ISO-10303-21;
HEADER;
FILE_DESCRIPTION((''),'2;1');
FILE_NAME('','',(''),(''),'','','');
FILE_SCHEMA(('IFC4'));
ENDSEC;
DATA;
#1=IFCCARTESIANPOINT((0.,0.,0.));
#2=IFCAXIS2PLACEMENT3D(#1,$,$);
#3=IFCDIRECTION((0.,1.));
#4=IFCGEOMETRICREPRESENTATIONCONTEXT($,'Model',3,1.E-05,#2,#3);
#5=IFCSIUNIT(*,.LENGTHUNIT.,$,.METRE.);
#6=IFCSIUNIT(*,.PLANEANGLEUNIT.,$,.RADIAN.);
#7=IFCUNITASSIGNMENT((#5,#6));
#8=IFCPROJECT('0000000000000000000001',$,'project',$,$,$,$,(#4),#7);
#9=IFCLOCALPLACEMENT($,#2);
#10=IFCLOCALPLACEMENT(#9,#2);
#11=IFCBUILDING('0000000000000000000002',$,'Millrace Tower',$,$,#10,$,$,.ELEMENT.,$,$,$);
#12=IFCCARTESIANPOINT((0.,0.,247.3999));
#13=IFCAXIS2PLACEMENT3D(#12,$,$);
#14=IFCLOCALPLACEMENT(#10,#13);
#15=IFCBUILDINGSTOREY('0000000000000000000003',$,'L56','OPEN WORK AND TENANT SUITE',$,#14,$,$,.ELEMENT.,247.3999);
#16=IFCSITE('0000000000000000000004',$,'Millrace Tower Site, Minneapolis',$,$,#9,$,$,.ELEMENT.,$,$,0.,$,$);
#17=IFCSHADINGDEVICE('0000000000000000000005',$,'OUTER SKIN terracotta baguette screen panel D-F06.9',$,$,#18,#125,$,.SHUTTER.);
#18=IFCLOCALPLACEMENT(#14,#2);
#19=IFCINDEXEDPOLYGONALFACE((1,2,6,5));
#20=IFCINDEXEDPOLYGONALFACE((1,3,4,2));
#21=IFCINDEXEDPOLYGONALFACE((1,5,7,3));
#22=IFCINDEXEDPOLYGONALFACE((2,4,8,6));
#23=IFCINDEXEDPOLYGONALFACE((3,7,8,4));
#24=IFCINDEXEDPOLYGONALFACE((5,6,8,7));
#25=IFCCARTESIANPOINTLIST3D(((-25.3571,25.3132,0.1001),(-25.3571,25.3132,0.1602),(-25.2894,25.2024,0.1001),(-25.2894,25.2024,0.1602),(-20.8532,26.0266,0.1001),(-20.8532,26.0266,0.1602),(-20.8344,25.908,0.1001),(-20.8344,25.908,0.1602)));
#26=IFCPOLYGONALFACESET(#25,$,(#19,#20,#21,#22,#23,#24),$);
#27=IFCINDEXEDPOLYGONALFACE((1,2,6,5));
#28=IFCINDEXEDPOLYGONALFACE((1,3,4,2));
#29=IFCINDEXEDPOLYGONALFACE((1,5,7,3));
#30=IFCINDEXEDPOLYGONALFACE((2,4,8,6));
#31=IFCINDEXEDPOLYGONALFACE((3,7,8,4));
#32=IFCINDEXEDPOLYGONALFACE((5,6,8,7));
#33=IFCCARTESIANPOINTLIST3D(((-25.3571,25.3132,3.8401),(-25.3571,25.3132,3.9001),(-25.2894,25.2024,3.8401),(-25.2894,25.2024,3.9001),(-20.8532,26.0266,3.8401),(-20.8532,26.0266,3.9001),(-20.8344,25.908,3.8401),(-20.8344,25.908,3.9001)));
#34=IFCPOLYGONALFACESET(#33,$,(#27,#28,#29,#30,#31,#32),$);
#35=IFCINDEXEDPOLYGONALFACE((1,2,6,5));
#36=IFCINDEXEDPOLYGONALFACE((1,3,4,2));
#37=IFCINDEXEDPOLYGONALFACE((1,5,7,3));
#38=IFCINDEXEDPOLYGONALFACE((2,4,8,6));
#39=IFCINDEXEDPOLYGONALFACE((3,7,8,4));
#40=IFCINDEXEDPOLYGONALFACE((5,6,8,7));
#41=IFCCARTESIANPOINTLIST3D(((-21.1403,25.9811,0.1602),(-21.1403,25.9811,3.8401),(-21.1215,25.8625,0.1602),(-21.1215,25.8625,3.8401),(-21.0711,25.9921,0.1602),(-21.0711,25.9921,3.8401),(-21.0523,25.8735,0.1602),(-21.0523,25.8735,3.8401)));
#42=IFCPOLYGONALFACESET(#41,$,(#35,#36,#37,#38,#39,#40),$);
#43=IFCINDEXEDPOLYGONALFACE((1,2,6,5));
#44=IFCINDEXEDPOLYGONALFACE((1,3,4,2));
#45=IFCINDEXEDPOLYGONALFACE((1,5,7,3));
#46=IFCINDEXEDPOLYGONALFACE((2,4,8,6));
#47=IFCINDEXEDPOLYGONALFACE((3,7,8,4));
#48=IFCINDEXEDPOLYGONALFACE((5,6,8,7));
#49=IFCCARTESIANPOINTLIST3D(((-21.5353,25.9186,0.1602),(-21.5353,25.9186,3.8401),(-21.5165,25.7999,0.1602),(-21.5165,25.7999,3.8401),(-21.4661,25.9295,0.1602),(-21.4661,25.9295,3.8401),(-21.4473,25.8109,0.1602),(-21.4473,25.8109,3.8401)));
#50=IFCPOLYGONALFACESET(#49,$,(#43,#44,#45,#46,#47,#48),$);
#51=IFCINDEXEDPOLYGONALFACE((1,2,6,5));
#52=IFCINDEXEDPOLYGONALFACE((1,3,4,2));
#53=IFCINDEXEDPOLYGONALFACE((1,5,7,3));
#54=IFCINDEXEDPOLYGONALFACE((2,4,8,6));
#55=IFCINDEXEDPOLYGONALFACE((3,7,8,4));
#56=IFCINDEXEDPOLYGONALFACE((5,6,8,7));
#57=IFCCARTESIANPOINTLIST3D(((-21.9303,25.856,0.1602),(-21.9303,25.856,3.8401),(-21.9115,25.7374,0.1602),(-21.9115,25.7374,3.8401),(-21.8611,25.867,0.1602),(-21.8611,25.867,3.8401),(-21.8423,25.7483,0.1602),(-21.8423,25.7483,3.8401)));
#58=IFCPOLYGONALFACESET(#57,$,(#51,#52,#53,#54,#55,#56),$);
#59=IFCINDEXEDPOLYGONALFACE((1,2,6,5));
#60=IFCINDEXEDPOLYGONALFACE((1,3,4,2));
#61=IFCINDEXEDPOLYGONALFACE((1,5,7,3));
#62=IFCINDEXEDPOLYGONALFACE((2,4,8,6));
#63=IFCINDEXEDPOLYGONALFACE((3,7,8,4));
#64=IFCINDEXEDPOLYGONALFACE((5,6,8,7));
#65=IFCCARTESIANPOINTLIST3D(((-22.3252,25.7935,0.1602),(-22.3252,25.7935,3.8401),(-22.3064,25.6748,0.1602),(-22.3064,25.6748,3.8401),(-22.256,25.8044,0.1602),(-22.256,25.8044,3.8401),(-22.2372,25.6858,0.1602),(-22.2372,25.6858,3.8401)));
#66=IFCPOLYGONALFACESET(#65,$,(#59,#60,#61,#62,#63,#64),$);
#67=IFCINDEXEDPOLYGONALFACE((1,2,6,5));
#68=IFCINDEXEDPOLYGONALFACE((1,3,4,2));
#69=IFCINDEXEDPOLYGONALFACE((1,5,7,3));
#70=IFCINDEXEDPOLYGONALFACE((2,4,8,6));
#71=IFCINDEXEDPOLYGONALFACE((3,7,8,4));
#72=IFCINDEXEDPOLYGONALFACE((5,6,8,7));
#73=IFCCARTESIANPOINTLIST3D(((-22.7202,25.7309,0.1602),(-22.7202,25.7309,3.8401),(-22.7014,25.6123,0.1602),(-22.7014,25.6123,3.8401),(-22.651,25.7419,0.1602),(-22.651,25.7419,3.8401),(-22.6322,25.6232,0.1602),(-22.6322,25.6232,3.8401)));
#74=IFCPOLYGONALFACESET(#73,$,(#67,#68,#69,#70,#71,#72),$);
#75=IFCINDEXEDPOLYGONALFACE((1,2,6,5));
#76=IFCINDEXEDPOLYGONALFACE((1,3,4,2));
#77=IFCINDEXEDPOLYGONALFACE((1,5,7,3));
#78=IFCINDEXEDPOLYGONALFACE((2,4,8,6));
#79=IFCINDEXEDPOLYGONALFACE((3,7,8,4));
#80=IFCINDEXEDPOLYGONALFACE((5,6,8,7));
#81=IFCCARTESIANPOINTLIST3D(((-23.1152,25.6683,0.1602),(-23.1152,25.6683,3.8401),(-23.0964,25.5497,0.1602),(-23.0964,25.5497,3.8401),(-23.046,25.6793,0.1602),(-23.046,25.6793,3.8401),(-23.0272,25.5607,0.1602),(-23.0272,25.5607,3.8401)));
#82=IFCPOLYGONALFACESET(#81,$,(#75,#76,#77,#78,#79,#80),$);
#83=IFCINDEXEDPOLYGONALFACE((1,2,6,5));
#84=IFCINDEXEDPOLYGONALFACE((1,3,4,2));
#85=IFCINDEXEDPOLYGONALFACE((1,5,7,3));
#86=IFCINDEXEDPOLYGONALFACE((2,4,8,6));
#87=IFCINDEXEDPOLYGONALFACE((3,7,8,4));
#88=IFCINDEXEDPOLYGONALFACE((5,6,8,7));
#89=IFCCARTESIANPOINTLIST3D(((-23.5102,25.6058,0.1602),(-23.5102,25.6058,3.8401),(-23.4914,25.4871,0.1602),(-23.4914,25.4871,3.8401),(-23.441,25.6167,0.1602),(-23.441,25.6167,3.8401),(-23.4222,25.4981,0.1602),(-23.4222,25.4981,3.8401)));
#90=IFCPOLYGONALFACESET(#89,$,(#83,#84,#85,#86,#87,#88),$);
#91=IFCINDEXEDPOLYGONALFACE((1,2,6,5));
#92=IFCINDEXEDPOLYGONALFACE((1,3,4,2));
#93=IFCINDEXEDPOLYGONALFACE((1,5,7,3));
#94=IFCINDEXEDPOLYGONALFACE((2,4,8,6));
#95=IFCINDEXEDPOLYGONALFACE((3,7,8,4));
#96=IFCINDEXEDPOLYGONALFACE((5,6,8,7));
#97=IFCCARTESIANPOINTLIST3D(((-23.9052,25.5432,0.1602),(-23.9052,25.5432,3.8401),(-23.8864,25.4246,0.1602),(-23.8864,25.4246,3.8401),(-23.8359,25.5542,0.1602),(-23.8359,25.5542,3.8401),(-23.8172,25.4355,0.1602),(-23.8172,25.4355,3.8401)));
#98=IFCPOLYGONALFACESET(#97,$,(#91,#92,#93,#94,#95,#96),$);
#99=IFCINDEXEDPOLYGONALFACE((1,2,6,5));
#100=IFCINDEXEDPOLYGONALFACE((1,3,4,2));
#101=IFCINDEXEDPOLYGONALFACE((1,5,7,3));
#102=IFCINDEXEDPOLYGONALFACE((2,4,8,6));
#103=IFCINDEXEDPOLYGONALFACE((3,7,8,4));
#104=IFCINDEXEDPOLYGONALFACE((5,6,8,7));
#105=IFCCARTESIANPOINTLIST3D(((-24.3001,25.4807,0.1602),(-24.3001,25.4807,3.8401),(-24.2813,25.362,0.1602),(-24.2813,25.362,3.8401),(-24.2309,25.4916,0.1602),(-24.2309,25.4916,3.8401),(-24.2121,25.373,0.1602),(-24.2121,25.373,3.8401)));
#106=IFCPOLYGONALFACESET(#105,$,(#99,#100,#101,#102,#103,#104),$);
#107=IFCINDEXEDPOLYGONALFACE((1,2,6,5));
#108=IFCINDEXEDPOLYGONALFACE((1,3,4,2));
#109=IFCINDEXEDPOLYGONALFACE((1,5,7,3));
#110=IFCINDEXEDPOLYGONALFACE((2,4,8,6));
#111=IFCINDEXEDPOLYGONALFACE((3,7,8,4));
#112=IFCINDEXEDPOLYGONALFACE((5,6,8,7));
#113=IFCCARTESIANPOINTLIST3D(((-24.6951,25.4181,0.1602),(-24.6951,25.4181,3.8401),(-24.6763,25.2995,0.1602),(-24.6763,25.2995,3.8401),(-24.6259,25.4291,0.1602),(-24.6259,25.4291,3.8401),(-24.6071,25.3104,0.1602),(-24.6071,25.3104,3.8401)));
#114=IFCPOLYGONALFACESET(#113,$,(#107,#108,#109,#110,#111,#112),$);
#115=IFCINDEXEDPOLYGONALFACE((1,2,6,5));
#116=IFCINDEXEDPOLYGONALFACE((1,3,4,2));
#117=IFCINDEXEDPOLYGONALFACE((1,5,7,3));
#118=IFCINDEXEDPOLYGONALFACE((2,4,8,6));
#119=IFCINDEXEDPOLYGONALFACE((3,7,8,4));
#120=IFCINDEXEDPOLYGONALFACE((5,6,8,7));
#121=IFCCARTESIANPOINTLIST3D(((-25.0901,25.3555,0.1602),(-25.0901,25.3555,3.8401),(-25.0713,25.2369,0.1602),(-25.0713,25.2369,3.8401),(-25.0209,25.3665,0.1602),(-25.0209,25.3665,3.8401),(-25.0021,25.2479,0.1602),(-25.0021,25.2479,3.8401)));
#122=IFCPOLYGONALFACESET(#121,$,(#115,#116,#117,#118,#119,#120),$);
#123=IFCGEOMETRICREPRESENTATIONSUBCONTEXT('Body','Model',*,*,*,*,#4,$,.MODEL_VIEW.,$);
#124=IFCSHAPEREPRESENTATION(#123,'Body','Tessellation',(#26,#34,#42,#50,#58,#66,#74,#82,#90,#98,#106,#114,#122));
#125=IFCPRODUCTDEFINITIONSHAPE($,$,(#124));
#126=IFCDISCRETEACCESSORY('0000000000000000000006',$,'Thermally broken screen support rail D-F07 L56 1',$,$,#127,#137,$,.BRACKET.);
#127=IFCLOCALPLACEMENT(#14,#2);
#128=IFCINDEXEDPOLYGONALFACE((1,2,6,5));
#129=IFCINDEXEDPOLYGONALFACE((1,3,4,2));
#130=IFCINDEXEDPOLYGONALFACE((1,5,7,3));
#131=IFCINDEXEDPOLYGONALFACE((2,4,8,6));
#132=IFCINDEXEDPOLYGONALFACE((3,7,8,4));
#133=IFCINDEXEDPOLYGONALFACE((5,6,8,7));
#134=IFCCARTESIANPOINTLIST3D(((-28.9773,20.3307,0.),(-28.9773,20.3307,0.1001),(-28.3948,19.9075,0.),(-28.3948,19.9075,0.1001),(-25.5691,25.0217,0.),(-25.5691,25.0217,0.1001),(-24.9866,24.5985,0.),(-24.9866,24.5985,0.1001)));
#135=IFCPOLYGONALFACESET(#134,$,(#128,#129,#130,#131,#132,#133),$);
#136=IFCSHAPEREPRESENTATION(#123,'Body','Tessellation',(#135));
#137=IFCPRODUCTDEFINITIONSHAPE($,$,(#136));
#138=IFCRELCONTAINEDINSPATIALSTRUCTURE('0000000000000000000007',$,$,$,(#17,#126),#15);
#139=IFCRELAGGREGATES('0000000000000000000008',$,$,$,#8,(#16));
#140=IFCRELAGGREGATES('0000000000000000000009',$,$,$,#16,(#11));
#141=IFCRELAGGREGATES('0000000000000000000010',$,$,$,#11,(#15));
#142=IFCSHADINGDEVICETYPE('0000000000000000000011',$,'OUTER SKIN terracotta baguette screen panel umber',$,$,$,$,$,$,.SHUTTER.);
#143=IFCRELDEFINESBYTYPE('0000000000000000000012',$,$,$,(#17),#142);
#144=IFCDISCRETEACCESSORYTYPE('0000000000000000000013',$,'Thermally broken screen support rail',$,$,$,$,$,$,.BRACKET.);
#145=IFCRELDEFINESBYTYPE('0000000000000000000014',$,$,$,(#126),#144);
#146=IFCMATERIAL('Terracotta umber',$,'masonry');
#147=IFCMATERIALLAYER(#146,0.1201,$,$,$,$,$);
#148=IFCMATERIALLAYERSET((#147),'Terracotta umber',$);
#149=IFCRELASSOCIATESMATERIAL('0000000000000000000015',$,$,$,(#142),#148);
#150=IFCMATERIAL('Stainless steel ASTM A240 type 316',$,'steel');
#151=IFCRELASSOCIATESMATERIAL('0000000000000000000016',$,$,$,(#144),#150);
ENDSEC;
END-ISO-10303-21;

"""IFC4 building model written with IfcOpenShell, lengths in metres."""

from ifc_helpers import new_model, entity, si_unit, direction, frame, frame_2d, origin, origin_2d, place, context, subcontext, project, spatial, rectangle, extrude, source, transform, mapped, material, layer, layer_set, type_object, element, save


model = new_model("IFC4")

# Units and contexts
model_context = context("Model", 3, precision=1e-05, world=origin(), true_north=direction((0.0, 1.0)))
body_context = subcontext(model_context, "Body", "Model", "MODEL_VIEW")
ifc_project = project(units=[si_unit("LENGTHUNIT", "METRE"), si_unit("PLANEANGLEUNIT", "RADIAN")], contexts=[model_context])

# Site, building, storey
site_placement = place(None, origin())
site = spatial("IfcSite", under=ifc_project, at=site_placement, Name="Millrace Tower Site, Minneapolis", CompositionType="ELEMENT", RefElevation=0.0)
building_placement = place(site_placement, origin())
building = spatial("IfcBuilding", under=site, at=building_placement, Name="Millrace Tower", CompositionType="ELEMENT")
storey_placement = place(building_placement, frame((0.0, 0.0, 247.3999)))
storey = spatial("IfcBuildingStorey", under=building, at=storey_placement, Name="L56", Description="OPEN WORK AND TENANT SUITE", CompositionType="ELEMENT", Elevation=247.3999)

# Shading device
ifc_material_1 = material(Name="Terracotta umber", Category="masonry")
ifc_layer_1 = layer(ifc_material_1, 0.1201)
ifc_layer_set_1 = layer_set([ifc_layer_1], Name="Terracotta umber")
shading_device_type = type_object("IfcShadingDeviceType", Name="OUTER SKIN terracotta baguette screen panel umber", PredefinedType="SHUTTER", material=ifc_layer_set_1)
cartesian_point_1 = entity("IfcCartesianPoint", [-2.2676, 0.0601])
shared_polyline_1 = entity("IfcPolyline", [cartesian_point_1, entity("IfcCartesianPoint", [2.2429, 0.0601]), entity("IfcCartesianPoint", [2.2925, -0.0601]), entity("IfcCartesianPoint", [-2.2676, -0.0601]), cartesian_point_1])
shared_shape_1 = source(origin(), body_context, "Body", "SweptSolid", [
    entity("IfcExtrudedAreaSolid", entity("IfcArbitraryClosedProfileDef", "AREA", None, shared_polyline_1), entity("IfcAxis2Placement3D", entity("IfcCartesianPoint", [0.0, 0.0, 0.0])), entity("IfcDirection", [0.0, 0.0, 1.0]), 0.0601),
    entity("IfcExtrudedAreaSolid", entity("IfcArbitraryClosedProfileDef", "AREA", None, shared_polyline_1), entity("IfcAxis2Placement3D", entity("IfcCartesianPoint", [0.0, 0.0, 3.74])), entity("IfcDirection", [0.0, 0.0, 1.0]), 0.0601),
    extrude(rectangle(XDim=0.0701, YDim=0.1201, at=frame_2d((-2.012, 0.0))), frame((0.0, 0.0, 0.0601)), (0.0, 0.0, 1.0), 3.6799),
    extrude(rectangle(XDim=0.0701, YDim=0.1201, at=frame_2d((-1.6121, 0.0))), frame((0.0, 0.0, 0.0601)), (0.0, 0.0, 1.0), 3.6799),
    extrude(rectangle(XDim=0.0701, YDim=0.1201, at=frame_2d((-1.2122, 0.0))), frame((0.0, 0.0, 0.0601)), (0.0, 0.0, 1.0), 3.6799),
    extrude(rectangle(XDim=0.0701, YDim=0.1201, at=frame_2d((-0.8123, 0.0))), frame((0.0, 0.0, 0.0601)), (0.0, 0.0, 1.0), 3.6799),
    extrude(rectangle(XDim=0.0701, YDim=0.1201, at=frame_2d((-0.4124, 0.0))), frame((0.0, 0.0, 0.0601)), (0.0, 0.0, 1.0), 3.6799),
    extrude(rectangle(XDim=0.0701, YDim=0.1201, at=frame_2d((-0.0125, 0.0))), frame((0.0, 0.0, 0.0601)), (0.0, 0.0, 1.0), 3.6799),
    extrude(rectangle(XDim=0.0701, YDim=0.1201, at=frame_2d((0.3875, 0.0))), frame((0.0, 0.0, 0.0601)), (0.0, 0.0, 1.0), 3.6799),
    extrude(rectangle(XDim=0.0701, YDim=0.1201, at=frame_2d((0.7874, 0.0))), frame((0.0, 0.0, 0.0601)), (0.0, 0.0, 1.0), 3.6799),
    extrude(rectangle(XDim=0.0701, YDim=0.1201, at=frame_2d((1.1873, 0.0))), frame((0.0, 0.0, 0.0601)), (0.0, 0.0, 1.0), 3.6799),
    extrude(rectangle(XDim=0.0701, YDim=0.1201, at=frame_2d((1.5872, 0.0))), frame((0.0, 0.0, 0.0601)), (0.0, 0.0, 1.0), 3.6799),
    extrude(rectangle(XDim=0.0701, YDim=0.1201, at=frame_2d((1.9871, 0.0))), frame((0.0, 0.0, 0.0601)), (0.0, 0.0, 1.0), 3.6799),
])
shading_device_1_placement = place(storey_placement, frame((-23.0835, 25.6125, 0.1001), z_axis=(0.0, 0.0, 1.0), x_axis=(-0.987688, -0.156434, 0.0)))
element("IfcShadingDevice", 1, at=shading_device_1_placement, inside=storey, type_object=shading_device_type, Name="OUTER SKIN terracotta baguette screen panel D-F06.9", PredefinedType="SHUTTER", context=body_context, shape_type="MappedRepresentation", body=[
    mapped(shared_shape_1, transform((0.0, 0.0, 0.0), scale=1.0)),
])

# Discrete accessory
ifc_material_2 = material(Name="Stainless steel ASTM A240 type 316", Category="steel")
discrete_accessory_type = type_object("IfcDiscreteAccessoryType", Name="Thermally broken screen support rail", PredefinedType="BRACKET", material=ifc_material_2)
discrete_accessory_placement = place(storey_placement, frame((-26.9819, 22.4646, 0.0), z_axis=(0.0, 0.0, 1.0), x_axis=(-0.587785, -0.809017, 0.0)))
element("IfcDiscreteAccessory", 2, at=discrete_accessory_placement, inside=storey, type_object=discrete_accessory_type, Name="Thermally broken screen support rail D-F07 L56 1", PredefinedType="BRACKET", context=body_context, shape_type="SweptSolid", body=[
    extrude(rectangle(XDim=5.7983, YDim=0.72, at=origin_2d()), origin(), (0.0, 0.0, 1.0), 0.1001),
])

save(model, "model.ifc")
